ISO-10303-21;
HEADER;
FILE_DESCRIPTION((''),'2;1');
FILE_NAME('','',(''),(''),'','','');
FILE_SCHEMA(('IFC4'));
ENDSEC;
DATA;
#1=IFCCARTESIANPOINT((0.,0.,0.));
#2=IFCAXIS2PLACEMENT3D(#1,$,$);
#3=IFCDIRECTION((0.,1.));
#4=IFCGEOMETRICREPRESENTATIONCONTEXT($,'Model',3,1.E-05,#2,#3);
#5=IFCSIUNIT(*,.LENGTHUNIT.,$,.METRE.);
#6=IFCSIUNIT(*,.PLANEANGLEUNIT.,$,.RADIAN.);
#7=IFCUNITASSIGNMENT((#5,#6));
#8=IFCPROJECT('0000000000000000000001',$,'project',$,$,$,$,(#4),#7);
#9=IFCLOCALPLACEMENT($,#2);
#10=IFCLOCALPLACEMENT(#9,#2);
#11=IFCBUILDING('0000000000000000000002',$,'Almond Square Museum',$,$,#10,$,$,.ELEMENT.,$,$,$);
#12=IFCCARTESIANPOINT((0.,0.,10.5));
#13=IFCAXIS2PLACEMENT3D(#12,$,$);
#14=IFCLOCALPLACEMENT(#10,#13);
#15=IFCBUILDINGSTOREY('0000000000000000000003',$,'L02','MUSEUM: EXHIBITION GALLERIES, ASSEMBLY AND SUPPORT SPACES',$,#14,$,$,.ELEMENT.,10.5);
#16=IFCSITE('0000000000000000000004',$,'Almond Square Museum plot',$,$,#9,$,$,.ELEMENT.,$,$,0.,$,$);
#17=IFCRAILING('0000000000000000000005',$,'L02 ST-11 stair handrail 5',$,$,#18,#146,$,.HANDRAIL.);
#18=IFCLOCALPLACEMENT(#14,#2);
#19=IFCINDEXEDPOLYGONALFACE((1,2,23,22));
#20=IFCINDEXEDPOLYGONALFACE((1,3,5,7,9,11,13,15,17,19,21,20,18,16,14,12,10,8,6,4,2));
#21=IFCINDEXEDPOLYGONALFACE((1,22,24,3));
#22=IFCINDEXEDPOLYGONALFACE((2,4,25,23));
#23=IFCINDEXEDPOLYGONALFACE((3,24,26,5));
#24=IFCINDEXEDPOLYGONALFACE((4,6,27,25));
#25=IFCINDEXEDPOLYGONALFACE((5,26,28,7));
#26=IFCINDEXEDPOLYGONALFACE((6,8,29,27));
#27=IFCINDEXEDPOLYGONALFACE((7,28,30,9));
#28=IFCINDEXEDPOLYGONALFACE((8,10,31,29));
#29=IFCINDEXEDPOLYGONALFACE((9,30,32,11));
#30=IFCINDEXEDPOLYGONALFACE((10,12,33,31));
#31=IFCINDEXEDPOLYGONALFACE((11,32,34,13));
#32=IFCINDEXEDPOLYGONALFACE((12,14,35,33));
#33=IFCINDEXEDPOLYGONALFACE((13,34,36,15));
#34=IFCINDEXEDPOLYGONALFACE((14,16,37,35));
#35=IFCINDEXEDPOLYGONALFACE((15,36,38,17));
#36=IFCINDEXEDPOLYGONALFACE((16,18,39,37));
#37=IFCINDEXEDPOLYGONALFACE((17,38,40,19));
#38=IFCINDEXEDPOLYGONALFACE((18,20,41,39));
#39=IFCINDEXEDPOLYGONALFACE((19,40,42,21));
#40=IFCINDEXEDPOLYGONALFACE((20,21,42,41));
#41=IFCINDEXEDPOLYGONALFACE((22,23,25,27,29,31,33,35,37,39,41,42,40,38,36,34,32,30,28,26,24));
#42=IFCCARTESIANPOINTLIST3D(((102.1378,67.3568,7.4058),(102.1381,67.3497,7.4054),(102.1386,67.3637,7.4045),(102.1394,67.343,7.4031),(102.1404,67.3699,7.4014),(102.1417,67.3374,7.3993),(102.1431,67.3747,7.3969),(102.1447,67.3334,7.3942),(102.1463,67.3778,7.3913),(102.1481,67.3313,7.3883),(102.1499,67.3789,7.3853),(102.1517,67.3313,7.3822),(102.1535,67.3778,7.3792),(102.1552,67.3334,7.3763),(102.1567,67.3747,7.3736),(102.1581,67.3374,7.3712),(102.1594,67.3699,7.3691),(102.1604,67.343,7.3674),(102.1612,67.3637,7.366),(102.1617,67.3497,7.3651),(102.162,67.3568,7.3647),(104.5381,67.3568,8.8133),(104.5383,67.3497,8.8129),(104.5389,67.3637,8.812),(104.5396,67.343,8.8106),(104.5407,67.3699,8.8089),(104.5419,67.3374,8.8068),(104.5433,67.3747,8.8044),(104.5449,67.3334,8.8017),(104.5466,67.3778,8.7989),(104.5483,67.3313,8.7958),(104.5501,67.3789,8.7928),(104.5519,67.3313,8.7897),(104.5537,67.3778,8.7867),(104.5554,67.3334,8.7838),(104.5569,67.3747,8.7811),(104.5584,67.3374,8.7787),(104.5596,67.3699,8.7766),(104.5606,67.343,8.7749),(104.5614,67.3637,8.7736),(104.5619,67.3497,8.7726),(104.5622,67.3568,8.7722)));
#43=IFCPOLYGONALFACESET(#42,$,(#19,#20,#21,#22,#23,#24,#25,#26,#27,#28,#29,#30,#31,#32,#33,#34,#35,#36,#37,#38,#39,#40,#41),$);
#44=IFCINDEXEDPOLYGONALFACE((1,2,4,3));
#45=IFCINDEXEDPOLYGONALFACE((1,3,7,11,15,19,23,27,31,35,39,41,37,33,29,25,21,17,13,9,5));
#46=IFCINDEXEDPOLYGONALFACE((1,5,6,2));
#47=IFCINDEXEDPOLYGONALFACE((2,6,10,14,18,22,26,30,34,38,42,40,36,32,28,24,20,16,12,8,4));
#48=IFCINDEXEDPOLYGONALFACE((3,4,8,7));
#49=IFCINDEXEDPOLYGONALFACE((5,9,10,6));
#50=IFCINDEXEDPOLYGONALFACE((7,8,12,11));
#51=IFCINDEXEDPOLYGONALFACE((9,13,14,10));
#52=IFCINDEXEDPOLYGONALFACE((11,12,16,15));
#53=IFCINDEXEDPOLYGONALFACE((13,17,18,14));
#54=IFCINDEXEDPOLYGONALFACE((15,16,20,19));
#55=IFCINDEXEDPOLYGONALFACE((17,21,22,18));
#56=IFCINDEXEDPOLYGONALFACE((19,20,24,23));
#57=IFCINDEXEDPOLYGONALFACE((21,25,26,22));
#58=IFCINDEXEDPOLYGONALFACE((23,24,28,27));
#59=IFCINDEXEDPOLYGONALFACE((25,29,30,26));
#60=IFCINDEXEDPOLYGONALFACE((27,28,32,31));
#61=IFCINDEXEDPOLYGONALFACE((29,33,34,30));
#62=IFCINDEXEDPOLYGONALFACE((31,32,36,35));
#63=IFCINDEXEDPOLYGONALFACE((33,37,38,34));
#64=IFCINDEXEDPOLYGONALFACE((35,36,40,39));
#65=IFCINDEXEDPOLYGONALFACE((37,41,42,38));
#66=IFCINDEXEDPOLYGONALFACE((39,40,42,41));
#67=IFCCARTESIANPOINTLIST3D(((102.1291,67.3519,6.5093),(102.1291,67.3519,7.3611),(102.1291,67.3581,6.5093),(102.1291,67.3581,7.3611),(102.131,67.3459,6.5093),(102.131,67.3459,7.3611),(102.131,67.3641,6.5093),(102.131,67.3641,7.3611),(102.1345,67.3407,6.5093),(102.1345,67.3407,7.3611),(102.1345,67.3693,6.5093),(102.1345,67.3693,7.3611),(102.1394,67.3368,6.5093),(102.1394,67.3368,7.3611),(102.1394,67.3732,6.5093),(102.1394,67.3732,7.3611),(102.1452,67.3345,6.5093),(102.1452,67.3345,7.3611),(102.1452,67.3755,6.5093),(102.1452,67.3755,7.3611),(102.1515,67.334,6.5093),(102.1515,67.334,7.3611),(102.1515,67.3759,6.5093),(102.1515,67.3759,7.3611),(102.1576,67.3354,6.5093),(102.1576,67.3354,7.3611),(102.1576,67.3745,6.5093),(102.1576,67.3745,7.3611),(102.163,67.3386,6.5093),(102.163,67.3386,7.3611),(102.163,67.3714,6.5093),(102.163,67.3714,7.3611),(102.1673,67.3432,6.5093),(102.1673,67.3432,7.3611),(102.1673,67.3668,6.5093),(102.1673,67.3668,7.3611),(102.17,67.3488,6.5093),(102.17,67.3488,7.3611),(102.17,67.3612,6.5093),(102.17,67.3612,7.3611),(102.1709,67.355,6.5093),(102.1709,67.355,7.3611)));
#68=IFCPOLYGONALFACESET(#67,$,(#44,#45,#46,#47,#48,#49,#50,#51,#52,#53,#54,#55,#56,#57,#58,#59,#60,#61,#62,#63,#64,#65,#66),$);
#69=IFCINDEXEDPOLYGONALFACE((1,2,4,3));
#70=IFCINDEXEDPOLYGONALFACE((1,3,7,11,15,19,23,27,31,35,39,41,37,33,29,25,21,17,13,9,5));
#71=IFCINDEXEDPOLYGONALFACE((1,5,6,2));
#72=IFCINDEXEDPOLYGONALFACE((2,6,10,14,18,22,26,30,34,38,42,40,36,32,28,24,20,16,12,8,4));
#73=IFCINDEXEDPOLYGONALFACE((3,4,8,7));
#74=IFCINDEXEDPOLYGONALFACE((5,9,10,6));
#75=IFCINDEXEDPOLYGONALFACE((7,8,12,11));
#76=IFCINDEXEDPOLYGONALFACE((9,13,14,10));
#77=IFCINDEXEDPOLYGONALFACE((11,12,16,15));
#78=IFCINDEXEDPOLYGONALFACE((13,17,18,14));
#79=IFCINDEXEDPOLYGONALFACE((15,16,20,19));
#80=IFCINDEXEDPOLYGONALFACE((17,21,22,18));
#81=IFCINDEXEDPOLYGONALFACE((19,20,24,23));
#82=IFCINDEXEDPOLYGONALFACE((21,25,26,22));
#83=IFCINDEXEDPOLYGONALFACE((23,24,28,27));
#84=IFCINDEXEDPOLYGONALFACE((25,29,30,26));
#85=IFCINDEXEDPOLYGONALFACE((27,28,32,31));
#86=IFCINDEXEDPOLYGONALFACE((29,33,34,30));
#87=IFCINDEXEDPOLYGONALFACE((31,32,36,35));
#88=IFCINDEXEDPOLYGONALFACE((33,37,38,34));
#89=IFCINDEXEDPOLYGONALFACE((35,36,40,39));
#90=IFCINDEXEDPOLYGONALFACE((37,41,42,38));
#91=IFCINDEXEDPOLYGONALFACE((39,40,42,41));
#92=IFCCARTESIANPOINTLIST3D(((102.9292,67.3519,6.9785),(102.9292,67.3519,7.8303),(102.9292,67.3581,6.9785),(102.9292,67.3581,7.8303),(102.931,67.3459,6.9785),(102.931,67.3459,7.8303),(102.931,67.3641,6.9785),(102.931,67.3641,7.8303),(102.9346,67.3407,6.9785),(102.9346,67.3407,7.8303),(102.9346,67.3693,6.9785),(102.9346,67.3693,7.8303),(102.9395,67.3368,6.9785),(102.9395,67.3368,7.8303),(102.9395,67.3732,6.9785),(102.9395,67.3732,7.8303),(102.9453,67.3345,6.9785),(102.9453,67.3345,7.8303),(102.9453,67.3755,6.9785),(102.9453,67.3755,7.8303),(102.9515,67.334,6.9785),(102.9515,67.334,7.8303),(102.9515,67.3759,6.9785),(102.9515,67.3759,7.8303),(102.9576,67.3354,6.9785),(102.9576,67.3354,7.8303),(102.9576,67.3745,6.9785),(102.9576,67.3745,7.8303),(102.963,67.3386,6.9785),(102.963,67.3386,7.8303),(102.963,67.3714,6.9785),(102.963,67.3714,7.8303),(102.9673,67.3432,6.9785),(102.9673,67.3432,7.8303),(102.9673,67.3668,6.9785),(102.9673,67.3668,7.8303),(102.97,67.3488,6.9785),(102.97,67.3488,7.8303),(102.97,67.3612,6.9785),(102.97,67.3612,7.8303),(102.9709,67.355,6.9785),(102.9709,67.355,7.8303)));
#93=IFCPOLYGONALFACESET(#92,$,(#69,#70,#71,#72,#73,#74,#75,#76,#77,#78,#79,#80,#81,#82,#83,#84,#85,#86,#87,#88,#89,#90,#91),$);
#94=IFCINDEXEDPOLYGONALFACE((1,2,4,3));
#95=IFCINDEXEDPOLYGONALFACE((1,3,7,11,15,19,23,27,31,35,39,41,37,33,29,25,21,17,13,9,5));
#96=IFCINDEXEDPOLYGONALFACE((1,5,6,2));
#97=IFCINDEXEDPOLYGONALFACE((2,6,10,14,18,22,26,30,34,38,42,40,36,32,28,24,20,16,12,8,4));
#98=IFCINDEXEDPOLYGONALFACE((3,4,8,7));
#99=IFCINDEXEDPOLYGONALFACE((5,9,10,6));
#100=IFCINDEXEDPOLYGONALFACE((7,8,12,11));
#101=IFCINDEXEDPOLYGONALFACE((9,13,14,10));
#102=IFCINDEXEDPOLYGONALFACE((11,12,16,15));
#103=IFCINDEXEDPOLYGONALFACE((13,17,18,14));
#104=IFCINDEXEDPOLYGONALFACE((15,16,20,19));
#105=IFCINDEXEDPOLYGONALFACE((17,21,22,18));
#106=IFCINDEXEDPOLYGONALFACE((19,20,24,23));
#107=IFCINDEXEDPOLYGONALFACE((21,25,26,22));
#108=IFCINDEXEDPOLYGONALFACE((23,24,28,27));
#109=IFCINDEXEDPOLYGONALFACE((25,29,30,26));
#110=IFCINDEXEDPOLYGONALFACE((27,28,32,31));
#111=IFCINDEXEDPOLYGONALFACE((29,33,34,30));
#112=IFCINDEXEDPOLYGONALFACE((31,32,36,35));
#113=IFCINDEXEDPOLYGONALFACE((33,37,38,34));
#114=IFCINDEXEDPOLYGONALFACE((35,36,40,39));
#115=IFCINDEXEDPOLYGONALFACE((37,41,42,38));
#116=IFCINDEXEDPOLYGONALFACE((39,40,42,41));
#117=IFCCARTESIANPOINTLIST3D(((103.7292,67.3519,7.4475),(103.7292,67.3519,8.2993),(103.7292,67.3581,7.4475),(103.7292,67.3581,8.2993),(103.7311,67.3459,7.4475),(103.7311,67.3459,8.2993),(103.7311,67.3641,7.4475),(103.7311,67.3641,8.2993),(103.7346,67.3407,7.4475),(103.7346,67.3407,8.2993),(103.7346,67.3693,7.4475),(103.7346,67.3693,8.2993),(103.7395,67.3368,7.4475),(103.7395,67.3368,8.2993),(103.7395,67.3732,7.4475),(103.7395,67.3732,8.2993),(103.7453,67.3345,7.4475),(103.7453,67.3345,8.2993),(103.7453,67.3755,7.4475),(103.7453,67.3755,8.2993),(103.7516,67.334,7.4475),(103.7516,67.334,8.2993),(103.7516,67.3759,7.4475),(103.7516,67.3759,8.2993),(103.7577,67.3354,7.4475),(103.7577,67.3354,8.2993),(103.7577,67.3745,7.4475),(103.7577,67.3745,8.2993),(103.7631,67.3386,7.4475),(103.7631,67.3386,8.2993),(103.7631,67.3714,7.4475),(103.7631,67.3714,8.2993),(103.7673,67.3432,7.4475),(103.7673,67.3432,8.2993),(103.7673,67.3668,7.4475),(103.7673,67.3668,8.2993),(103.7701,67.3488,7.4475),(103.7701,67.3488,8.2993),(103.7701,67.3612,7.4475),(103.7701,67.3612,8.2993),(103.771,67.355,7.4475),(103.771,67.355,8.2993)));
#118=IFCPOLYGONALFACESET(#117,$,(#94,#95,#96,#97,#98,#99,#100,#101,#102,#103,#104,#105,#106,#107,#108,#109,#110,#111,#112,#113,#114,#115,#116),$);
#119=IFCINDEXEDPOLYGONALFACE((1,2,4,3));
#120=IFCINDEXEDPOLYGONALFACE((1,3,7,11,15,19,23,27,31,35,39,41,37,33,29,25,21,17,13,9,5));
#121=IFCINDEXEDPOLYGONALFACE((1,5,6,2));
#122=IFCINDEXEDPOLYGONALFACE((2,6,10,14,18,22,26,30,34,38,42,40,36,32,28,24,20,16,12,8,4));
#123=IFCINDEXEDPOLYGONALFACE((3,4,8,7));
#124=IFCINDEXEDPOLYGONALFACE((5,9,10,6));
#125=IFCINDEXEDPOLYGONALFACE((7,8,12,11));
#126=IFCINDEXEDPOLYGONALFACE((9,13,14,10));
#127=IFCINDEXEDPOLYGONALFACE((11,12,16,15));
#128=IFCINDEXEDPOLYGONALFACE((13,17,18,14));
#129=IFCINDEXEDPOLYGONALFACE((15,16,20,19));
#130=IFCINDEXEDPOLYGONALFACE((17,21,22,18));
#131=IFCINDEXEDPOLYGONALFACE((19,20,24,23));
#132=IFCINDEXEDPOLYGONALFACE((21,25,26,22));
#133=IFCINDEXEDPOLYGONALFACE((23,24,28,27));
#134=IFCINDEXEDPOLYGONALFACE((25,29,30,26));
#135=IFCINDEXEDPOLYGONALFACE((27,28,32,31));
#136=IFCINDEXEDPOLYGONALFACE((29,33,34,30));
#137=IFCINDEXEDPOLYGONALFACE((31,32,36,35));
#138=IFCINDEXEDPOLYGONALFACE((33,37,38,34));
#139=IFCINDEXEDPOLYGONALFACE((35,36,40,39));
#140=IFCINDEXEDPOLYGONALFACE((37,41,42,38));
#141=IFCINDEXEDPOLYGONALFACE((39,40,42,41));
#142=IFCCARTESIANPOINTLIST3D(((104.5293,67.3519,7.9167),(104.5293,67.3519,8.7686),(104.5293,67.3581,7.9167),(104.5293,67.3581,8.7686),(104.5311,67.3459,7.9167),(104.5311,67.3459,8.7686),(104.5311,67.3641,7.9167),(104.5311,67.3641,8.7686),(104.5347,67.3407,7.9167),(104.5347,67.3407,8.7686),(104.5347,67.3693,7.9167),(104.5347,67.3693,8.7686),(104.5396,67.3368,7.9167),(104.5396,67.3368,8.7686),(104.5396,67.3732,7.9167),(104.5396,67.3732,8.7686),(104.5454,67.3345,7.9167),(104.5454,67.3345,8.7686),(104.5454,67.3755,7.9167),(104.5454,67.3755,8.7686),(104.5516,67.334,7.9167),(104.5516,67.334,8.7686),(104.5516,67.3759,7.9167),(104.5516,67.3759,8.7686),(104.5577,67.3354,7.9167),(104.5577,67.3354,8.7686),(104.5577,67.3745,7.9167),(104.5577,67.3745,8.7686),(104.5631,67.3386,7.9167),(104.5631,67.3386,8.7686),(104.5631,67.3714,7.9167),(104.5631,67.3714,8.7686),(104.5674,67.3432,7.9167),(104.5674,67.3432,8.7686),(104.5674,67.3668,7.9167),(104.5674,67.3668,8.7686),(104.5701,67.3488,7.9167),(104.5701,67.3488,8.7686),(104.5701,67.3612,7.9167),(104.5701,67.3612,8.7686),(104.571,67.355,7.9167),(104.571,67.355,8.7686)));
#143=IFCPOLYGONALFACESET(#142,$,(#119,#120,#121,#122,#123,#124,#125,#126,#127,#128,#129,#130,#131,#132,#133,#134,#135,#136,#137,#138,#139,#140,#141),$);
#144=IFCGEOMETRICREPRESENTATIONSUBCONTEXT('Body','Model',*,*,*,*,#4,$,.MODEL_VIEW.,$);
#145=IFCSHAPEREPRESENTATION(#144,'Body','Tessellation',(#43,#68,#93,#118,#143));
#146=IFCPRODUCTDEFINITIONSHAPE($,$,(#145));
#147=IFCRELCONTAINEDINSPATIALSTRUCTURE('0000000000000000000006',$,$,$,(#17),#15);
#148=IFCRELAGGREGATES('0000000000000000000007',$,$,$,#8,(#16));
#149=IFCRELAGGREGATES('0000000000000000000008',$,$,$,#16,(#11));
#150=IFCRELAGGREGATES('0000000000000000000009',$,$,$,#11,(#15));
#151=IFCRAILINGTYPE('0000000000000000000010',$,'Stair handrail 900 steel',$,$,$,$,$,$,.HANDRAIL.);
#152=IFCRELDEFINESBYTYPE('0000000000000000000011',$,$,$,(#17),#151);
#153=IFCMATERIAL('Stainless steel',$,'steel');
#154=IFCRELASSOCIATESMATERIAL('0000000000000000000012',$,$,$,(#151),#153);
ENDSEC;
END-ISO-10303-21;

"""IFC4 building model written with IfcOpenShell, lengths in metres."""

from ifc_helpers import new_model, si_unit, direction, frame, origin, origin_2d, place, context, subcontext, project, spatial, circle, extrude, material, type_object, element, save


model = new_model("IFC4")

# Units and contexts
model_context = context("Model", 3, precision=1e-05, world=origin(), true_north=direction((0.0, 1.0)))
body_context = subcontext(model_context, "Body", "Model", "MODEL_VIEW")
ifc_project = project(units=[si_unit("LENGTHUNIT", "METRE"), si_unit("PLANEANGLEUNIT", "RADIAN")], contexts=[model_context])

# Site, building, storey
site_placement = place(None, origin())
site = spatial("IfcSite", under=ifc_project, at=site_placement, Name="Almond Square Museum plot", CompositionType="ELEMENT", RefElevation=0.0)
building_placement = place(site_placement, origin())
building = spatial("IfcBuilding", under=site, at=building_placement, Name="Almond Square Museum", CompositionType="ELEMENT")
storey_placement = place(building_placement, frame((0.0, 0.0, 10.5)))
storey = spatial("IfcBuildingStorey", under=building, at=storey_placement, Name="L02", Description="MUSEUM: EXHIBITION GALLERIES, ASSEMBLY AND SUPPORT SPACES", CompositionType="ELEMENT", Elevation=10.5)

# Railing
ifc_material_1 = material(Name="Stainless steel", Category="steel")
railing_type_1 = type_object("IfcRailingType", Name="Stair handrail 900 steel", PredefinedType="HANDRAIL", material=ifc_material_1)
railing_1_placement = place(storey_placement, frame((102.1499, 67.355, 6.5093)))
element("IfcRailing", 1, at=railing_1_placement, inside=storey, type_object=railing_type_1, Name="L02 ST-11 stair handrail 5", PredefinedType="HANDRAIL", context=body_context, shape_type="SweptSolid", body=[
    extrude(circle(Radius=0.0239, at=origin_2d()), frame((0.0, 0.0, 0.876), z_axis=(0.862621, 0.0, 0.50585), x_axis=(0.0, 1.0, 0.0)), (0.0, 0.0, 1.0), 2.7825),
    extrude(circle(Radius=0.021, at=origin_2d()), origin(), (0.0, 0.0, 1.0), 0.8518),
    extrude(circle(Radius=0.021, at=origin_2d()), frame((0.8, 0.0, 0.4692)), (0.0, 0.0, 1.0), 0.8518),
    extrude(circle(Radius=0.021, at=origin_2d()), frame((1.6001, 0.0, 0.9382)), (0.0, 0.0, 1.0), 0.8518),
    extrude(circle(Radius=0.021, at=origin_2d()), frame((2.4001, 0.0, 1.4075)), (0.0, 0.0, 1.0), 0.8518),
])

save(model, "model.ifc")
